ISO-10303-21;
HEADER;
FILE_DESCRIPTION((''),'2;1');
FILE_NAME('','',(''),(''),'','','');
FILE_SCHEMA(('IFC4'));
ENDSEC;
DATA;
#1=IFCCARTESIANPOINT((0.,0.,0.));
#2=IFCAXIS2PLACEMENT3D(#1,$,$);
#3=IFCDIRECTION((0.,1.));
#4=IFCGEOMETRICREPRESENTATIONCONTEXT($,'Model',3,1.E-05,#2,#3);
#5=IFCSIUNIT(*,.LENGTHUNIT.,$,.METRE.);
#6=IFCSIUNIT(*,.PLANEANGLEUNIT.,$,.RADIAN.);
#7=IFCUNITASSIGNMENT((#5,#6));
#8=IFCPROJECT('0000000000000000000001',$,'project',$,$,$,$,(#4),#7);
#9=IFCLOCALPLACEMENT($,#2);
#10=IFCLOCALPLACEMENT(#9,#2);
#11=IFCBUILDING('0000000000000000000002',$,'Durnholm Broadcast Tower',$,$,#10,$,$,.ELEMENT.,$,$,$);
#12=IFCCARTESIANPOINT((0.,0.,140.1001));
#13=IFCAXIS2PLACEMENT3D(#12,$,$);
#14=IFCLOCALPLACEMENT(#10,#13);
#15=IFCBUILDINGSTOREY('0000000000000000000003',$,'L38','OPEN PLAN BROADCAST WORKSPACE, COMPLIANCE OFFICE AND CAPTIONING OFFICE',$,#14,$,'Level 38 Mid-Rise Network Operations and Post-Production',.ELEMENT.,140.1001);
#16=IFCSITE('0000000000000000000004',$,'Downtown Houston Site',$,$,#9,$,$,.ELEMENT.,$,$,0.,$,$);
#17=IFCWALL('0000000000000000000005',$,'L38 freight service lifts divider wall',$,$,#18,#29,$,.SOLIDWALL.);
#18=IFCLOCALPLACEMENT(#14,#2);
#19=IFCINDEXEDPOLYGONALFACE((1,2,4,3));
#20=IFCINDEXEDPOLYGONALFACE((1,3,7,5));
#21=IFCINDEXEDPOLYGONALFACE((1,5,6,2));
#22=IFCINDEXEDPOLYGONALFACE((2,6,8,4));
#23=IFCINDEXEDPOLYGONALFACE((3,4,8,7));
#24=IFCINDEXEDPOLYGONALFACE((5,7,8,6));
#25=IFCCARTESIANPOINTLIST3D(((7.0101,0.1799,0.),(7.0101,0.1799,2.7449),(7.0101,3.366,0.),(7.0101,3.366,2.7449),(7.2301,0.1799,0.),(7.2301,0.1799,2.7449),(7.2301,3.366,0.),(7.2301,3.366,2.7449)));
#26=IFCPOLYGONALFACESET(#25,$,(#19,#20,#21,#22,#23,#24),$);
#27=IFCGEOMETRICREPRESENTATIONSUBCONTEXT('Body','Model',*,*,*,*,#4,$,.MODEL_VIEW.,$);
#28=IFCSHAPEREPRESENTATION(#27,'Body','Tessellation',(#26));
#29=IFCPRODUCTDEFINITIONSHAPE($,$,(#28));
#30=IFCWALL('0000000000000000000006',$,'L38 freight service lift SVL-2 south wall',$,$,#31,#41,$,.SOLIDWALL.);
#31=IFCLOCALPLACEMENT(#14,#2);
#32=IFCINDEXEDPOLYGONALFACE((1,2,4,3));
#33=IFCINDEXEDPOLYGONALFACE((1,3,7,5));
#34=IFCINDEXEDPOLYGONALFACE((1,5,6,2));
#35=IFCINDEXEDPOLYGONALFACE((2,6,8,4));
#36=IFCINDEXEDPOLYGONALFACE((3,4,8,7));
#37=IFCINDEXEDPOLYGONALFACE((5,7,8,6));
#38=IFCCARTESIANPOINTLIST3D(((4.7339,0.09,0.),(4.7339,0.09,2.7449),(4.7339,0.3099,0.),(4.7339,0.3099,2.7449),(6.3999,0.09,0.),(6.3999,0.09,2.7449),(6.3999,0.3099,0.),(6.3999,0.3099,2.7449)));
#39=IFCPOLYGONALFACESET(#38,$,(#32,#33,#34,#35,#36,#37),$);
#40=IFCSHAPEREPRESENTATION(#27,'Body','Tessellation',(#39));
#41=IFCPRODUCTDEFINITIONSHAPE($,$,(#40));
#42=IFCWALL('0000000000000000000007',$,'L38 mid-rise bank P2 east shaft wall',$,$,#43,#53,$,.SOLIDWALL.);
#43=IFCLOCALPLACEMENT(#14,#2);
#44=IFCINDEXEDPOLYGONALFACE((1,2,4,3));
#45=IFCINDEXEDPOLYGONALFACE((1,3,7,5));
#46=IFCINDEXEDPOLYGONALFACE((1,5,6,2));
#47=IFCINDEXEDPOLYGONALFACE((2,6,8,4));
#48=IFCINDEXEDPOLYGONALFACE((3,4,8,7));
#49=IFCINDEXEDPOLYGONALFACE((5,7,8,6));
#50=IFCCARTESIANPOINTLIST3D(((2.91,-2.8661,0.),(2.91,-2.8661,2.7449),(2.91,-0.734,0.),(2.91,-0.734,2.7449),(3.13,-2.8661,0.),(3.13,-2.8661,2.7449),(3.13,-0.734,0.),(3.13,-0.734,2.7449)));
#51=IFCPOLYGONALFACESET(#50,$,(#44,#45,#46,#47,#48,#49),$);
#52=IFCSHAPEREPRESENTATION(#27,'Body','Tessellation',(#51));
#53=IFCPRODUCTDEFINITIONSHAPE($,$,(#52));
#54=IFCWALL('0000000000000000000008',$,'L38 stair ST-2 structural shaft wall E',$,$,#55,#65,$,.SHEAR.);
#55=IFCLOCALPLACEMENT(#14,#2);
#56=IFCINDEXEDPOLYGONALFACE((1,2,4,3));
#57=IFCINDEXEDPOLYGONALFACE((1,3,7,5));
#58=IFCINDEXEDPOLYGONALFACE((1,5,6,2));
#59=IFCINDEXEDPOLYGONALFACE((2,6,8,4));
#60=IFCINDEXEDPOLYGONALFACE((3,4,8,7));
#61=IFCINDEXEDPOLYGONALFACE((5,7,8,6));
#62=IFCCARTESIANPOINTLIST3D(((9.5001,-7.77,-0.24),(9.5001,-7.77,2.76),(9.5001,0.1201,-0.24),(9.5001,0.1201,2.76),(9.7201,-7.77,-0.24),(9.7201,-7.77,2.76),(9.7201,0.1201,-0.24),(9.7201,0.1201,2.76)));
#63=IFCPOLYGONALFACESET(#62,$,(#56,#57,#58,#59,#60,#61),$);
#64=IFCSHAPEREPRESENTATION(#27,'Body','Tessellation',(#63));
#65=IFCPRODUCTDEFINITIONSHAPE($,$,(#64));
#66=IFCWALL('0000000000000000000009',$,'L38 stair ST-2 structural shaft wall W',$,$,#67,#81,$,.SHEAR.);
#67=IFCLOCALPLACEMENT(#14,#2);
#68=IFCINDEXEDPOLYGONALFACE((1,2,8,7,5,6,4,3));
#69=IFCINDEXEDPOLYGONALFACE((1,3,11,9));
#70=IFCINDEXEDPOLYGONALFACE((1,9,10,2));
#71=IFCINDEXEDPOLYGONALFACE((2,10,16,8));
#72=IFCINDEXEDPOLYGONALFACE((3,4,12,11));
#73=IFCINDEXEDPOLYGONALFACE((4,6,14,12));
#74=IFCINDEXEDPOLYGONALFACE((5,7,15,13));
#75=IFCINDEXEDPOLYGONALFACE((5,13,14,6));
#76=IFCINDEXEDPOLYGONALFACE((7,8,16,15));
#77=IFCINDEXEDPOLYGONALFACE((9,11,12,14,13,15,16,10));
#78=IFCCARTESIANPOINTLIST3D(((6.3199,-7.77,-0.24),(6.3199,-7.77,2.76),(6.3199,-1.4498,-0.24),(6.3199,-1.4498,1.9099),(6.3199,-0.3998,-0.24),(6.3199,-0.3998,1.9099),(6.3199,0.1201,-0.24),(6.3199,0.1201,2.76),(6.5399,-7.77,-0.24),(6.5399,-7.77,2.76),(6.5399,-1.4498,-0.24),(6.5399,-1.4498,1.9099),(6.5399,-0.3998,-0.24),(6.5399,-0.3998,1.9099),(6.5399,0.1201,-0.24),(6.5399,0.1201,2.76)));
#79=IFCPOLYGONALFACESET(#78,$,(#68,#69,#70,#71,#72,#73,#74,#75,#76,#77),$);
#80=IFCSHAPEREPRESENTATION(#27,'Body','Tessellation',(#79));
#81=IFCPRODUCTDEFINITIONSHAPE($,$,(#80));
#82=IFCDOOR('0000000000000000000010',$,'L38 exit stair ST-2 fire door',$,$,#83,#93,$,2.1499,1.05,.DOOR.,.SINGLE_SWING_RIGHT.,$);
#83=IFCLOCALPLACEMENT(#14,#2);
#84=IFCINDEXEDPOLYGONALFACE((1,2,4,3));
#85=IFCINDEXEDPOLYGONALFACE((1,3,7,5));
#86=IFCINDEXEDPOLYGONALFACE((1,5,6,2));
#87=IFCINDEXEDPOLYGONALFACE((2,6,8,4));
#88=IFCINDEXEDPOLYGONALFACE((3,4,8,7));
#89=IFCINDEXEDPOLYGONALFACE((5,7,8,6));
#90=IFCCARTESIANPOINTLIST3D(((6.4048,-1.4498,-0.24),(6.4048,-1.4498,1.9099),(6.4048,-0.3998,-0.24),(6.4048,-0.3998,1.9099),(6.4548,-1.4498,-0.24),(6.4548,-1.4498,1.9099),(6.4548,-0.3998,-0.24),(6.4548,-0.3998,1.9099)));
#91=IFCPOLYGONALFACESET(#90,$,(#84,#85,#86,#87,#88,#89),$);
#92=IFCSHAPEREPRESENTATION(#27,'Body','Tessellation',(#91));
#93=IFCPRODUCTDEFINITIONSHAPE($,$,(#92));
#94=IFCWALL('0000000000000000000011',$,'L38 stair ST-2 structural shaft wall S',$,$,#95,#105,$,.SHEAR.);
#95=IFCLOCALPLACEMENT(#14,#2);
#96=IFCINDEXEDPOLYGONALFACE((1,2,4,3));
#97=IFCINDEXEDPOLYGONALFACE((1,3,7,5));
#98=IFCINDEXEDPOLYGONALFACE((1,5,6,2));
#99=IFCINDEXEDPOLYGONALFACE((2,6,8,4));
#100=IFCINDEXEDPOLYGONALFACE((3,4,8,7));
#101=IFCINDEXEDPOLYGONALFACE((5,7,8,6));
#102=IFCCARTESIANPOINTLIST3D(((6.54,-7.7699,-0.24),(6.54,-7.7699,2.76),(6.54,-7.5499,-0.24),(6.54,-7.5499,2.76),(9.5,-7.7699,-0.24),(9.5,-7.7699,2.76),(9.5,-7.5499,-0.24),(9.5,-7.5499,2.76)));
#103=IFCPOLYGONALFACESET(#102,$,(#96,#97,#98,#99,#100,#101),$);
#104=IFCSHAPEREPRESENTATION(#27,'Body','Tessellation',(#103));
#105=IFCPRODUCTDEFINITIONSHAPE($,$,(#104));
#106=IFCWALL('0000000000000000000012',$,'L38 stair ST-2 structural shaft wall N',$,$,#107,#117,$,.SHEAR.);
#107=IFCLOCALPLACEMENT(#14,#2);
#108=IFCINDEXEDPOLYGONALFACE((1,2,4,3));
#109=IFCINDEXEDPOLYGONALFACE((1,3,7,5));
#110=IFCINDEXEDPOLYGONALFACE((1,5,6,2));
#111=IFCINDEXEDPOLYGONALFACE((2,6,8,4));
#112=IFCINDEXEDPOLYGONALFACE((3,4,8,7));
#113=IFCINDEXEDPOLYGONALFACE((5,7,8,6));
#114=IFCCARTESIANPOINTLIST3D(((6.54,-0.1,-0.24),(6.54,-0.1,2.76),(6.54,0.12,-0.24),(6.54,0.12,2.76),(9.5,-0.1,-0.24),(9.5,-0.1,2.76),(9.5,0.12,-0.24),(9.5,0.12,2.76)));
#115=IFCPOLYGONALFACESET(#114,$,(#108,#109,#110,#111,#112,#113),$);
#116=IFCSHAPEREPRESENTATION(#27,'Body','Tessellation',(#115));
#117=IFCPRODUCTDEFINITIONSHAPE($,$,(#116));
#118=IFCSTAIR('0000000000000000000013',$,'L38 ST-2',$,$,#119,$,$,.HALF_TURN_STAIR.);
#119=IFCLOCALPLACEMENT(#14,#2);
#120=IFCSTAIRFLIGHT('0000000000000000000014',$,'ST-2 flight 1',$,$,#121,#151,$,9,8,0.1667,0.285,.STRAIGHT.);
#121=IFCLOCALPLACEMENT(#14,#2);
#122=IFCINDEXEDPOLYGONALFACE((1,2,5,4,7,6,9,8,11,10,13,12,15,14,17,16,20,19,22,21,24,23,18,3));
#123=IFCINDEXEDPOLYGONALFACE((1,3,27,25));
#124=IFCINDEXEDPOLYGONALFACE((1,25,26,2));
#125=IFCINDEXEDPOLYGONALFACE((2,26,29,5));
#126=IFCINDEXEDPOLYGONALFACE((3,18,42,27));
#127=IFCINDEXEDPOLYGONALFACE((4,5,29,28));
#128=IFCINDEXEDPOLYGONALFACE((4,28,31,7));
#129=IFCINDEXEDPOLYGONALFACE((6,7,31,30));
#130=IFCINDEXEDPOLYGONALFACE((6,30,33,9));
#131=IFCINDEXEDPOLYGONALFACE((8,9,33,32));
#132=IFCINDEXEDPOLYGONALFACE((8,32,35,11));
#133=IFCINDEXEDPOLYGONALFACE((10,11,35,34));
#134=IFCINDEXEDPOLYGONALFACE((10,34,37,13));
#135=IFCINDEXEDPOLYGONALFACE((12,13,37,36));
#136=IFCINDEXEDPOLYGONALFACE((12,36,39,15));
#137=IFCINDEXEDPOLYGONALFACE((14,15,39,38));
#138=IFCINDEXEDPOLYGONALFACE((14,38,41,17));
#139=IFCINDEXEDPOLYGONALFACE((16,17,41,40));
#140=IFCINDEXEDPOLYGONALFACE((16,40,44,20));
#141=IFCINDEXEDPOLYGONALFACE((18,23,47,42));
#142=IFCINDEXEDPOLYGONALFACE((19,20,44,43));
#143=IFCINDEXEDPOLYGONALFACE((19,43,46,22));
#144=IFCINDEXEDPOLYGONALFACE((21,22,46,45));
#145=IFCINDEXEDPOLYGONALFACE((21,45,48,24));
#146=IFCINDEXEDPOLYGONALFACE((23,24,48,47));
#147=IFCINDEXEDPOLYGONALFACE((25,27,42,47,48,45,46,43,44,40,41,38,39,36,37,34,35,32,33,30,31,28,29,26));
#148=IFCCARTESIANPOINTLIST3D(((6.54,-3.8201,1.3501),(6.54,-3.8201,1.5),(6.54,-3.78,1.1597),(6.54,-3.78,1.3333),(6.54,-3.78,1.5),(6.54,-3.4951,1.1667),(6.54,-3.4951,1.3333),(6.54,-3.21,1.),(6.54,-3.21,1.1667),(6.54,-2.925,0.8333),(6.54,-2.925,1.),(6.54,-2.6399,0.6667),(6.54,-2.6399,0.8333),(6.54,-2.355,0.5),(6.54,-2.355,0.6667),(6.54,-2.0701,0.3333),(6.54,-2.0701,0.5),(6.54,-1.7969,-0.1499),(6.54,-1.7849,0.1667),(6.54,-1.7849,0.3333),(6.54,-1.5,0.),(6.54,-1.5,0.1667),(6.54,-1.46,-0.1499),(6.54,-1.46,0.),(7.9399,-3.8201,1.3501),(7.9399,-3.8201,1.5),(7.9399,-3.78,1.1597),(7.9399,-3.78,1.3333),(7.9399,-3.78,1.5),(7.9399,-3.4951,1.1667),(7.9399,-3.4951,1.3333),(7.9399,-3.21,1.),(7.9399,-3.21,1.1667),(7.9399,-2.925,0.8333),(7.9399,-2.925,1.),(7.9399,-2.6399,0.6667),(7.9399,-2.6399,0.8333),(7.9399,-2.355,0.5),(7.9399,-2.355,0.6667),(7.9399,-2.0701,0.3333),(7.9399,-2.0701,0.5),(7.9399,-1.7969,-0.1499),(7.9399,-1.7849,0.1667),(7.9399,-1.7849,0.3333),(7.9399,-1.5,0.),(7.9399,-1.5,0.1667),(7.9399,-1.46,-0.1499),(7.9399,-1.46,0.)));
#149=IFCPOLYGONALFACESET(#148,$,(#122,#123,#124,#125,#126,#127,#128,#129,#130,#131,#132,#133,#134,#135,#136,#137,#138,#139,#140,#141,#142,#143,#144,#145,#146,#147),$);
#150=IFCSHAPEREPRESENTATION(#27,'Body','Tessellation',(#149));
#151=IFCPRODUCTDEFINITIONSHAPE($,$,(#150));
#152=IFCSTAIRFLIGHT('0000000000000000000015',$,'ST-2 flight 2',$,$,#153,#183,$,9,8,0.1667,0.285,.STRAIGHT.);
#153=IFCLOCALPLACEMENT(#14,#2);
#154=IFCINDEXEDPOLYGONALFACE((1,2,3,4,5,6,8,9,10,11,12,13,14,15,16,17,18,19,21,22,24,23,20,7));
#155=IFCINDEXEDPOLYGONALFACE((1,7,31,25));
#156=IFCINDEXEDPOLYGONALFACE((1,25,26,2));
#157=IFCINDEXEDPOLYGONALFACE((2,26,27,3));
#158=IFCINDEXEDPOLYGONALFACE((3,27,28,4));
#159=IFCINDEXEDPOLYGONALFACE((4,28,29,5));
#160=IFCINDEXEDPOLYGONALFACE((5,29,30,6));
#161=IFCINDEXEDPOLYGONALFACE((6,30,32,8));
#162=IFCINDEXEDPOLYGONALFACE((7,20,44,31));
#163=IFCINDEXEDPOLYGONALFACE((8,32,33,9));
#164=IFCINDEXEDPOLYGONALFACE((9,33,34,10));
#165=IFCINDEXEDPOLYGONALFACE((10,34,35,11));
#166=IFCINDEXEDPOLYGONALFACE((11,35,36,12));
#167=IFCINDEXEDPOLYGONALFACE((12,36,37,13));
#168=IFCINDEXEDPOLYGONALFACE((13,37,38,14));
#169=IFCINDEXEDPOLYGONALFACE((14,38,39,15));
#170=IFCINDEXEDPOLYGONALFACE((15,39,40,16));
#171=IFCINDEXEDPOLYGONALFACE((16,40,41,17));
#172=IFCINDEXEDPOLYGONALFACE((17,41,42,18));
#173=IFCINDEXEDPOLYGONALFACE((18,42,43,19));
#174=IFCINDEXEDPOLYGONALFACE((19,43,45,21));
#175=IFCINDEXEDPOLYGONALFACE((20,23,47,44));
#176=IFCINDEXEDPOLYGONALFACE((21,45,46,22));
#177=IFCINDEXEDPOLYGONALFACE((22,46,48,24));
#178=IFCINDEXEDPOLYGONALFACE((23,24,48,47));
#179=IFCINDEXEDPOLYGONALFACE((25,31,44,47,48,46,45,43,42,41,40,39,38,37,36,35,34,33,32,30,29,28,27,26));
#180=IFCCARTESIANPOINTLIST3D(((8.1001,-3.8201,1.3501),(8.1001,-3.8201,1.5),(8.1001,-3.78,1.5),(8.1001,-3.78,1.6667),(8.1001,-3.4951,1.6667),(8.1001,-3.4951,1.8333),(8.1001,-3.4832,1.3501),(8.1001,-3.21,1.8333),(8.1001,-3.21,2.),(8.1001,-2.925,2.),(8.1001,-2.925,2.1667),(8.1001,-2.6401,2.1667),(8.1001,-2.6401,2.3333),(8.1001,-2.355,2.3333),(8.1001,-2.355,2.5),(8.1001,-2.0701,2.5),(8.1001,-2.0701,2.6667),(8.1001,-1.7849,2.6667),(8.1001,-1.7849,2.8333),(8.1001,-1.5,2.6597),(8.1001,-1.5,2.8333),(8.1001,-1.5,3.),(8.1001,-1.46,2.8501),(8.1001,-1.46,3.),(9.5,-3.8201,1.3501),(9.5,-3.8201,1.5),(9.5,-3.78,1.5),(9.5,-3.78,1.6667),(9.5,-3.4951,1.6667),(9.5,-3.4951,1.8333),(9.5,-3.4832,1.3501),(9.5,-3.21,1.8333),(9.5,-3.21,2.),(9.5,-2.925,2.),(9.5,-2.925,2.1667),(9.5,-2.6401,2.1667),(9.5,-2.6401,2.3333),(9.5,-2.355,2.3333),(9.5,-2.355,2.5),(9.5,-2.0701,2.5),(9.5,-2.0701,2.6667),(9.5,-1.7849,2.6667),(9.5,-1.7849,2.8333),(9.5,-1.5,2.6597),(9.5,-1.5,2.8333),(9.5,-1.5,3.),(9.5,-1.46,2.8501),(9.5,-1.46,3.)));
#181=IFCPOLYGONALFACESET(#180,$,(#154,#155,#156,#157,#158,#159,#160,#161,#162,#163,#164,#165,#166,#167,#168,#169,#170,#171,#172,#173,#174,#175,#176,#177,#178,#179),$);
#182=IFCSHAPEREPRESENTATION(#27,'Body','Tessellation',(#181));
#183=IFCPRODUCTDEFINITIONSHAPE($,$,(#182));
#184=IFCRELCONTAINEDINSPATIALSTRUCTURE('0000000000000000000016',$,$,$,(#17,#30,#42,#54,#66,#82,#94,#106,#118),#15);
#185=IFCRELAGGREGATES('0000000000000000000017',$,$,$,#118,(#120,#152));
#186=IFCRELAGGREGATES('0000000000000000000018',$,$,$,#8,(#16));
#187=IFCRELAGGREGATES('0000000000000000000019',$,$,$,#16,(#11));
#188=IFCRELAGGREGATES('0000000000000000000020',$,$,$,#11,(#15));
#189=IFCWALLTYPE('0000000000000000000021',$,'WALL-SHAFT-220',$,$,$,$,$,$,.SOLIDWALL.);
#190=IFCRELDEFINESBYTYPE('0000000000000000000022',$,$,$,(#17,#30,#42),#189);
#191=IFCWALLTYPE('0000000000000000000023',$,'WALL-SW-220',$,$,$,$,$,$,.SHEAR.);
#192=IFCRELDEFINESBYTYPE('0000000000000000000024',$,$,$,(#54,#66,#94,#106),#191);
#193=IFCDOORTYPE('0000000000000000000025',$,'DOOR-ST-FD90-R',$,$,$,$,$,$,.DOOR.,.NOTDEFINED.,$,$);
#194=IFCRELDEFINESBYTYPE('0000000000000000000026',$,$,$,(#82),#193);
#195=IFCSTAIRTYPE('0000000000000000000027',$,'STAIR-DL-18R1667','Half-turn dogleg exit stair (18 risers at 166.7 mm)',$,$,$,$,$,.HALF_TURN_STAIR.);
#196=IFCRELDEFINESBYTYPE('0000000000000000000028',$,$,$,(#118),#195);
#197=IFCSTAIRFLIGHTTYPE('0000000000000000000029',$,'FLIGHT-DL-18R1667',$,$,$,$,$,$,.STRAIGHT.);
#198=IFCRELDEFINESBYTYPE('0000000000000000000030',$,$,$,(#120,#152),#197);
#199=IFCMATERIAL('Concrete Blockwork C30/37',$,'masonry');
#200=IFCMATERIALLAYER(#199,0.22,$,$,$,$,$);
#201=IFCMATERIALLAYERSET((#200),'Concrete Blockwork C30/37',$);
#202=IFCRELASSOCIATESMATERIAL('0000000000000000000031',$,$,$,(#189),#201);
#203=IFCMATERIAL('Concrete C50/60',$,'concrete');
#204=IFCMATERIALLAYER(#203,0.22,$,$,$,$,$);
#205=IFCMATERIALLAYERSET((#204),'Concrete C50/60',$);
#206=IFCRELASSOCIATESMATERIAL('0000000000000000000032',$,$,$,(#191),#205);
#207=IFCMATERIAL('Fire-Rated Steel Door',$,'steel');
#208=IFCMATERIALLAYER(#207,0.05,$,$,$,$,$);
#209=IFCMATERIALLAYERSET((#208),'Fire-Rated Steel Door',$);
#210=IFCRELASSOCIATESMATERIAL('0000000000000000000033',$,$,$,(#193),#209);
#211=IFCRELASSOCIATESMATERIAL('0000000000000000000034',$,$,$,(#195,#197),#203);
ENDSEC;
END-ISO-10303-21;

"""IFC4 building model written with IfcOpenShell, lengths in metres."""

from ifc_helpers import new_model, si_unit, direction, frame, frame_2d, origin, place, context, subcontext, project, spatial, polyline, rectangle, outline, extrude, source, transform, mapped, material, layer, layer_set, type_object, type_shapes, element, fill, aggregate, save


model = new_model("IFC4")

# Units and contexts
model_context = context("Model", 3, precision=1e-05, world=origin(), true_north=direction((0.0, 1.0)))
body_context = subcontext(model_context, "Body", "Model", "MODEL_VIEW")
ifc_project = project(units=[si_unit("LENGTHUNIT", "METRE"), si_unit("PLANEANGLEUNIT", "RADIAN")], contexts=[model_context])

# Site, building, storey
site_placement = place(None, origin())
site = spatial("IfcSite", under=ifc_project, at=site_placement, Name="Downtown Houston Site", CompositionType="ELEMENT", RefElevation=0.0)
building_placement = place(site_placement, origin())
building = spatial("IfcBuilding", under=site, at=building_placement, Name="Durnholm Broadcast Tower", CompositionType="ELEMENT")
storey_placement = place(building_placement, frame((0.0, 0.0, 140.1001)))
storey = spatial("IfcBuildingStorey", under=building, at=storey_placement, Name="L38", Description="OPEN PLAN BROADCAST WORKSPACE, COMPLIANCE OFFICE AND CAPTIONING OFFICE", LongName="Level 38 Mid-Rise Network Operations and Post-Production", CompositionType="ELEMENT", Elevation=140.1001)

# Walls
ifc_material_1 = material(Name="Concrete Blockwork C30/37", Category="masonry")
ifc_layer_1 = layer(ifc_material_1, 0.22)
ifc_layer_set_1 = layer_set([ifc_layer_1], Name="Concrete Blockwork C30/37")
wall_type_1 = type_object("IfcWallType", Name="WALL-SHAFT-220", PredefinedType="SOLIDWALL", material=ifc_layer_set_1)
for number, where, z_axis, x_axis, name in (
    (1, (7.1201, 0.1799, 0.0), (0.0, 0.0, 1.0), (0.0, 1.0, 0.0), "L38 freight service lifts divider wall"),
):
    element("IfcWall", number, at=place(storey_placement, frame(where, z_axis=z_axis, x_axis=x_axis)), inside=storey, type_object=wall_type_1, Name=name, PredefinedType="SOLIDWALL", context=body_context, shape_type="SweptSolid", body=[
        extrude(rectangle(XDim=3.186, YDim=0.22, at=frame_2d((1.593, 0.0))), origin(), (0.0, 0.0, 1.0), 2.7449),
    ])
wall_1_placement = place(storey_placement, frame((4.7339, 0.2, 0.0), z_axis=(0.0, 0.0, 1.0), x_axis=(1.0, 0.0, 0.0)))
element("IfcWall", 2, at=wall_1_placement, inside=storey, type_object=wall_type_1, Name="L38 freight service lift SVL-2 south wall", PredefinedType="SOLIDWALL", context=body_context, shape_type="SweptSolid", body=[
    extrude(rectangle(XDim=1.666, YDim=0.22, at=frame_2d((0.833, 0.0))), origin(), (0.0, 0.0, 1.0), 2.7449),
])
wall_2_placement = place(storey_placement, frame((3.02, -2.866, 0.0), z_axis=(0.0, 0.0, 1.0), x_axis=(0.0, 1.0, 0.0)))
element("IfcWall", 3, at=wall_2_placement, inside=storey, type_object=wall_type_1, Name="L38 mid-rise bank P2 east shaft wall", PredefinedType="SOLIDWALL", context=body_context, shape_type="SweptSolid", body=[
    extrude(rectangle(XDim=2.1321, YDim=0.22, at=frame_2d((1.0659, 0.0))), origin(), (0.0, 0.0, 1.0), 2.7449),
])
ifc_material_2 = material(Name="Concrete C50/60", Category="concrete")
ifc_layer_2 = layer(ifc_material_2, 0.22)
ifc_layer_set_2 = layer_set([ifc_layer_2], Name="Concrete C50/60")
wall_type_2 = type_object("IfcWallType", Name="WALL-SW-220", PredefinedType="SHEAR", material=ifc_layer_set_2)
wall_3_placement = place(storey_placement, frame((9.6101, -7.77, -0.24), z_axis=(0.0, 0.0, 1.0), x_axis=(0.0, 1.0, 0.0)))
element("IfcWall", 4, at=wall_3_placement, inside=storey, type_object=wall_type_2, Name="L38 stair ST-2 structural shaft wall E", PredefinedType="SHEAR", context=body_context, shape_type="SweptSolid", body=[
    extrude(rectangle(XDim=7.8901, YDim=0.22, at=frame_2d((3.9451, 0.0))), origin(), (0.0, 0.0, 1.0), 3.0),
])

# Wall, opening, door
wall_4_placement = place(storey_placement, frame((6.4299, 0.1201, -0.24), z_axis=(0.0, 0.0, 1.0), x_axis=(0.0, -1.0, 0.0)))
wall_4 = element("IfcWall", 5, at=wall_4_placement, inside=storey, type_object=wall_type_2, Name="L38 stair ST-2 structural shaft wall W", PredefinedType="SHEAR", context=body_context, shape_type="SweptSolid", body=[
    extrude(rectangle(XDim=7.8901, YDim=0.22, at=frame_2d((3.9451, 0.0))), origin(), (0.0, 0.0, 1.0), 3.0),
])
opening_1_placement = place(wall_4_placement, frame((0.52, 0.0, 0.0)))
opening_1 = element("IfcOpeningElement", 6, at=opening_1_placement, cuts=wall_4, PredefinedType="OPENING", context=body_context, shape_type="SweptSolid", body=[
    extrude(rectangle(XDim=1.05, YDim=2.1499, at=frame_2d((0.5249, 1.075))), frame((0.0, 0.1201, 0.0), z_axis=(0.0, -1.0, 0.0), x_axis=(1.0, 0.0, 0.0)), (0.0, 0.0, 1.0), 0.24),
])
ifc_material_3 = material(Name="Fire-Rated Steel Door", Category="steel")
ifc_layer_3 = layer(ifc_material_3, 0.05)
ifc_layer_set_3 = layer_set([ifc_layer_3], Name="Fire-Rated Steel Door")
door_type_1 = type_object("IfcDoorType", Name="DOOR-ST-FD90-R", OperationType="NOTDEFINED", PredefinedType="DOOR", material=ifc_layer_set_3)
shared_shape_1 = source(origin(), body_context, "Body", "SweptSolid", [
    extrude(rectangle(XDim=1.05, YDim=2.1499, at=frame_2d((0.5249, 1.075))), frame((0.0, 0.0249, 0.0), z_axis=(0.0, -1.0, 0.0), x_axis=(1.0, 0.0, 0.0)), (0.0, 0.0, 1.0), 0.05),
])
type_shapes(door_type_1, [shared_shape_1])
door_1_placement = place(opening_1_placement, origin())
door_1 = element("IfcDoor", 7, at=door_1_placement, inside=storey, type_object=door_type_1, Name="L38 exit stair ST-2 fire door", OperationType="SINGLE_SWING_RIGHT", OverallHeight=2.1499, OverallWidth=1.05, PredefinedType="DOOR", context=body_context, shape_type="MappedRepresentation", body=[
    mapped(shared_shape_1, transform((0.0, 0.0, 0.0), x_axis=(1.0, 0.0, 0.0), y_axis=(0.0, 1.0, 0.0), z_axis=(0.0, 0.0, 1.0), scale=1.0)),
])
fill(opening_1, door_1)

# Walls
for number, where, z_axis, x_axis, name in (
    (8, (6.54, -7.6599, -0.24), (0.0, 0.0, 1.0), (1.0, 0.0, 0.0), "L38 stair ST-2 structural shaft wall S"),
    (9, (9.5, 0.01, -0.24), (0.0, 0.0, 1.0), (-1.0, 0.0, 0.0), "L38 stair ST-2 structural shaft wall N"),
):
    element("IfcWall", number, at=place(storey_placement, frame(where, z_axis=z_axis, x_axis=x_axis)), inside=storey, type_object=wall_type_2, Name=name, PredefinedType="SHEAR", context=body_context, shape_type="SweptSolid", body=[
        extrude(rectangle(XDim=2.96, YDim=0.22, at=frame_2d((1.48, 0.0))), origin(), (0.0, 0.0, 1.0), 3.0),
    ])

# Stair, stair flights
stair_type = type_object("IfcStairType", Name="STAIR-DL-18R1667", Description="Half-turn dogleg exit stair (18 risers at 166.7 mm)", PredefinedType="HALF_TURN_STAIR", material=ifc_material_2)
stair_placement = place(storey_placement, origin())
stair = element("IfcStair", 10, at=stair_placement, inside=storey, type_object=stair_type, Name="L38 ST-2", PredefinedType="HALF_TURN_STAIR")
stair_flight_type = type_object("IfcStairFlightType", Name="FLIGHT-DL-18R1667", PredefinedType="STRAIGHT", material=ifc_material_2)
stair_flight_1_placement = place(storey_placement, frame((7.24, -1.5, 0.0), z_axis=(0.0, 0.0, 1.0), x_axis=(0.0, -1.0, 0.0)))
stair_flight_1 = element("IfcStairFlight", 11, at=stair_flight_1_placement, type_object=stair_flight_type, Name="ST-2 flight 1", NumberOfRisers=9, NumberOfTreads=8, PredefinedType="STRAIGHT", RiserHeight=0.1667, TreadLength=0.285, context=body_context, shape_type="SweptSolid", body=[
    extrude(outline(polyline([(-0.04, -0.1499), (-0.04, 0.0), (0.0, 0.0), (0.0, 0.1667), (0.2849, 0.1667), (0.2849, 0.3333), (0.5701, 0.3333), (0.5701, 0.5), (0.855, 0.5), (0.855, 0.6667), (1.1399, 0.6667), (1.1399, 0.8333), (1.425, 0.8333), (1.425, 1.0), (1.71, 1.0), (1.71, 1.1667), (1.9951, 1.1667), (1.9951, 1.3333), (2.28, 1.3333), (2.28, 1.5), (2.3201, 1.5), (2.3201, 1.3501), (2.28, 1.1597), (0.2969, -0.1499), (-0.04, -0.1499)])), frame((0.0, 0.7, 0.0), z_axis=(0.0, -1.0, 0.0), x_axis=(1.0, 0.0, 0.0)), (0.0, 0.0, 1.0), 1.3999),
])
stair_flight_2_placement = place(storey_placement, frame((8.8, -3.78, 1.5), z_axis=(0.0, 0.0, 1.0), x_axis=(0.0, 1.0, 0.0)))
stair_flight_2 = element("IfcStairFlight", 12, at=stair_flight_2_placement, type_object=stair_flight_type, Name="ST-2 flight 2", NumberOfRisers=9, NumberOfTreads=8, PredefinedType="STRAIGHT", RiserHeight=0.1667, TreadLength=0.285, context=body_context, shape_type="SweptSolid", body=[
    extrude(outline(polyline([(-0.04, -0.1499), (-0.04, 0.0), (0.0, 0.0), (0.0, 0.1667), (0.2849, 0.1667), (0.2849, 0.3333), (0.5701, 0.3333), (0.5701, 0.5), (0.855, 0.5), (0.855, 0.6667), (1.1399, 0.6667), (1.1399, 0.8333), (1.425, 0.8333), (1.425, 1.0), (1.71, 1.0), (1.71, 1.1667), (1.9951, 1.1667), (1.9951, 1.3333), (2.28, 1.3333), (2.28, 1.5), (2.3201, 1.5), (2.3201, 1.3501), (2.28, 1.1597), (0.2969, -0.1499), (-0.04, -0.1499)])), frame((0.0, 0.7, 0.0), z_axis=(0.0, -1.0, 0.0), x_axis=(1.0, 0.0, 0.0)), (0.0, 0.0, 1.0), 1.3999),
])
aggregate(stair, [stair_flight_1, stair_flight_2])

save(model, "model.ifc")
